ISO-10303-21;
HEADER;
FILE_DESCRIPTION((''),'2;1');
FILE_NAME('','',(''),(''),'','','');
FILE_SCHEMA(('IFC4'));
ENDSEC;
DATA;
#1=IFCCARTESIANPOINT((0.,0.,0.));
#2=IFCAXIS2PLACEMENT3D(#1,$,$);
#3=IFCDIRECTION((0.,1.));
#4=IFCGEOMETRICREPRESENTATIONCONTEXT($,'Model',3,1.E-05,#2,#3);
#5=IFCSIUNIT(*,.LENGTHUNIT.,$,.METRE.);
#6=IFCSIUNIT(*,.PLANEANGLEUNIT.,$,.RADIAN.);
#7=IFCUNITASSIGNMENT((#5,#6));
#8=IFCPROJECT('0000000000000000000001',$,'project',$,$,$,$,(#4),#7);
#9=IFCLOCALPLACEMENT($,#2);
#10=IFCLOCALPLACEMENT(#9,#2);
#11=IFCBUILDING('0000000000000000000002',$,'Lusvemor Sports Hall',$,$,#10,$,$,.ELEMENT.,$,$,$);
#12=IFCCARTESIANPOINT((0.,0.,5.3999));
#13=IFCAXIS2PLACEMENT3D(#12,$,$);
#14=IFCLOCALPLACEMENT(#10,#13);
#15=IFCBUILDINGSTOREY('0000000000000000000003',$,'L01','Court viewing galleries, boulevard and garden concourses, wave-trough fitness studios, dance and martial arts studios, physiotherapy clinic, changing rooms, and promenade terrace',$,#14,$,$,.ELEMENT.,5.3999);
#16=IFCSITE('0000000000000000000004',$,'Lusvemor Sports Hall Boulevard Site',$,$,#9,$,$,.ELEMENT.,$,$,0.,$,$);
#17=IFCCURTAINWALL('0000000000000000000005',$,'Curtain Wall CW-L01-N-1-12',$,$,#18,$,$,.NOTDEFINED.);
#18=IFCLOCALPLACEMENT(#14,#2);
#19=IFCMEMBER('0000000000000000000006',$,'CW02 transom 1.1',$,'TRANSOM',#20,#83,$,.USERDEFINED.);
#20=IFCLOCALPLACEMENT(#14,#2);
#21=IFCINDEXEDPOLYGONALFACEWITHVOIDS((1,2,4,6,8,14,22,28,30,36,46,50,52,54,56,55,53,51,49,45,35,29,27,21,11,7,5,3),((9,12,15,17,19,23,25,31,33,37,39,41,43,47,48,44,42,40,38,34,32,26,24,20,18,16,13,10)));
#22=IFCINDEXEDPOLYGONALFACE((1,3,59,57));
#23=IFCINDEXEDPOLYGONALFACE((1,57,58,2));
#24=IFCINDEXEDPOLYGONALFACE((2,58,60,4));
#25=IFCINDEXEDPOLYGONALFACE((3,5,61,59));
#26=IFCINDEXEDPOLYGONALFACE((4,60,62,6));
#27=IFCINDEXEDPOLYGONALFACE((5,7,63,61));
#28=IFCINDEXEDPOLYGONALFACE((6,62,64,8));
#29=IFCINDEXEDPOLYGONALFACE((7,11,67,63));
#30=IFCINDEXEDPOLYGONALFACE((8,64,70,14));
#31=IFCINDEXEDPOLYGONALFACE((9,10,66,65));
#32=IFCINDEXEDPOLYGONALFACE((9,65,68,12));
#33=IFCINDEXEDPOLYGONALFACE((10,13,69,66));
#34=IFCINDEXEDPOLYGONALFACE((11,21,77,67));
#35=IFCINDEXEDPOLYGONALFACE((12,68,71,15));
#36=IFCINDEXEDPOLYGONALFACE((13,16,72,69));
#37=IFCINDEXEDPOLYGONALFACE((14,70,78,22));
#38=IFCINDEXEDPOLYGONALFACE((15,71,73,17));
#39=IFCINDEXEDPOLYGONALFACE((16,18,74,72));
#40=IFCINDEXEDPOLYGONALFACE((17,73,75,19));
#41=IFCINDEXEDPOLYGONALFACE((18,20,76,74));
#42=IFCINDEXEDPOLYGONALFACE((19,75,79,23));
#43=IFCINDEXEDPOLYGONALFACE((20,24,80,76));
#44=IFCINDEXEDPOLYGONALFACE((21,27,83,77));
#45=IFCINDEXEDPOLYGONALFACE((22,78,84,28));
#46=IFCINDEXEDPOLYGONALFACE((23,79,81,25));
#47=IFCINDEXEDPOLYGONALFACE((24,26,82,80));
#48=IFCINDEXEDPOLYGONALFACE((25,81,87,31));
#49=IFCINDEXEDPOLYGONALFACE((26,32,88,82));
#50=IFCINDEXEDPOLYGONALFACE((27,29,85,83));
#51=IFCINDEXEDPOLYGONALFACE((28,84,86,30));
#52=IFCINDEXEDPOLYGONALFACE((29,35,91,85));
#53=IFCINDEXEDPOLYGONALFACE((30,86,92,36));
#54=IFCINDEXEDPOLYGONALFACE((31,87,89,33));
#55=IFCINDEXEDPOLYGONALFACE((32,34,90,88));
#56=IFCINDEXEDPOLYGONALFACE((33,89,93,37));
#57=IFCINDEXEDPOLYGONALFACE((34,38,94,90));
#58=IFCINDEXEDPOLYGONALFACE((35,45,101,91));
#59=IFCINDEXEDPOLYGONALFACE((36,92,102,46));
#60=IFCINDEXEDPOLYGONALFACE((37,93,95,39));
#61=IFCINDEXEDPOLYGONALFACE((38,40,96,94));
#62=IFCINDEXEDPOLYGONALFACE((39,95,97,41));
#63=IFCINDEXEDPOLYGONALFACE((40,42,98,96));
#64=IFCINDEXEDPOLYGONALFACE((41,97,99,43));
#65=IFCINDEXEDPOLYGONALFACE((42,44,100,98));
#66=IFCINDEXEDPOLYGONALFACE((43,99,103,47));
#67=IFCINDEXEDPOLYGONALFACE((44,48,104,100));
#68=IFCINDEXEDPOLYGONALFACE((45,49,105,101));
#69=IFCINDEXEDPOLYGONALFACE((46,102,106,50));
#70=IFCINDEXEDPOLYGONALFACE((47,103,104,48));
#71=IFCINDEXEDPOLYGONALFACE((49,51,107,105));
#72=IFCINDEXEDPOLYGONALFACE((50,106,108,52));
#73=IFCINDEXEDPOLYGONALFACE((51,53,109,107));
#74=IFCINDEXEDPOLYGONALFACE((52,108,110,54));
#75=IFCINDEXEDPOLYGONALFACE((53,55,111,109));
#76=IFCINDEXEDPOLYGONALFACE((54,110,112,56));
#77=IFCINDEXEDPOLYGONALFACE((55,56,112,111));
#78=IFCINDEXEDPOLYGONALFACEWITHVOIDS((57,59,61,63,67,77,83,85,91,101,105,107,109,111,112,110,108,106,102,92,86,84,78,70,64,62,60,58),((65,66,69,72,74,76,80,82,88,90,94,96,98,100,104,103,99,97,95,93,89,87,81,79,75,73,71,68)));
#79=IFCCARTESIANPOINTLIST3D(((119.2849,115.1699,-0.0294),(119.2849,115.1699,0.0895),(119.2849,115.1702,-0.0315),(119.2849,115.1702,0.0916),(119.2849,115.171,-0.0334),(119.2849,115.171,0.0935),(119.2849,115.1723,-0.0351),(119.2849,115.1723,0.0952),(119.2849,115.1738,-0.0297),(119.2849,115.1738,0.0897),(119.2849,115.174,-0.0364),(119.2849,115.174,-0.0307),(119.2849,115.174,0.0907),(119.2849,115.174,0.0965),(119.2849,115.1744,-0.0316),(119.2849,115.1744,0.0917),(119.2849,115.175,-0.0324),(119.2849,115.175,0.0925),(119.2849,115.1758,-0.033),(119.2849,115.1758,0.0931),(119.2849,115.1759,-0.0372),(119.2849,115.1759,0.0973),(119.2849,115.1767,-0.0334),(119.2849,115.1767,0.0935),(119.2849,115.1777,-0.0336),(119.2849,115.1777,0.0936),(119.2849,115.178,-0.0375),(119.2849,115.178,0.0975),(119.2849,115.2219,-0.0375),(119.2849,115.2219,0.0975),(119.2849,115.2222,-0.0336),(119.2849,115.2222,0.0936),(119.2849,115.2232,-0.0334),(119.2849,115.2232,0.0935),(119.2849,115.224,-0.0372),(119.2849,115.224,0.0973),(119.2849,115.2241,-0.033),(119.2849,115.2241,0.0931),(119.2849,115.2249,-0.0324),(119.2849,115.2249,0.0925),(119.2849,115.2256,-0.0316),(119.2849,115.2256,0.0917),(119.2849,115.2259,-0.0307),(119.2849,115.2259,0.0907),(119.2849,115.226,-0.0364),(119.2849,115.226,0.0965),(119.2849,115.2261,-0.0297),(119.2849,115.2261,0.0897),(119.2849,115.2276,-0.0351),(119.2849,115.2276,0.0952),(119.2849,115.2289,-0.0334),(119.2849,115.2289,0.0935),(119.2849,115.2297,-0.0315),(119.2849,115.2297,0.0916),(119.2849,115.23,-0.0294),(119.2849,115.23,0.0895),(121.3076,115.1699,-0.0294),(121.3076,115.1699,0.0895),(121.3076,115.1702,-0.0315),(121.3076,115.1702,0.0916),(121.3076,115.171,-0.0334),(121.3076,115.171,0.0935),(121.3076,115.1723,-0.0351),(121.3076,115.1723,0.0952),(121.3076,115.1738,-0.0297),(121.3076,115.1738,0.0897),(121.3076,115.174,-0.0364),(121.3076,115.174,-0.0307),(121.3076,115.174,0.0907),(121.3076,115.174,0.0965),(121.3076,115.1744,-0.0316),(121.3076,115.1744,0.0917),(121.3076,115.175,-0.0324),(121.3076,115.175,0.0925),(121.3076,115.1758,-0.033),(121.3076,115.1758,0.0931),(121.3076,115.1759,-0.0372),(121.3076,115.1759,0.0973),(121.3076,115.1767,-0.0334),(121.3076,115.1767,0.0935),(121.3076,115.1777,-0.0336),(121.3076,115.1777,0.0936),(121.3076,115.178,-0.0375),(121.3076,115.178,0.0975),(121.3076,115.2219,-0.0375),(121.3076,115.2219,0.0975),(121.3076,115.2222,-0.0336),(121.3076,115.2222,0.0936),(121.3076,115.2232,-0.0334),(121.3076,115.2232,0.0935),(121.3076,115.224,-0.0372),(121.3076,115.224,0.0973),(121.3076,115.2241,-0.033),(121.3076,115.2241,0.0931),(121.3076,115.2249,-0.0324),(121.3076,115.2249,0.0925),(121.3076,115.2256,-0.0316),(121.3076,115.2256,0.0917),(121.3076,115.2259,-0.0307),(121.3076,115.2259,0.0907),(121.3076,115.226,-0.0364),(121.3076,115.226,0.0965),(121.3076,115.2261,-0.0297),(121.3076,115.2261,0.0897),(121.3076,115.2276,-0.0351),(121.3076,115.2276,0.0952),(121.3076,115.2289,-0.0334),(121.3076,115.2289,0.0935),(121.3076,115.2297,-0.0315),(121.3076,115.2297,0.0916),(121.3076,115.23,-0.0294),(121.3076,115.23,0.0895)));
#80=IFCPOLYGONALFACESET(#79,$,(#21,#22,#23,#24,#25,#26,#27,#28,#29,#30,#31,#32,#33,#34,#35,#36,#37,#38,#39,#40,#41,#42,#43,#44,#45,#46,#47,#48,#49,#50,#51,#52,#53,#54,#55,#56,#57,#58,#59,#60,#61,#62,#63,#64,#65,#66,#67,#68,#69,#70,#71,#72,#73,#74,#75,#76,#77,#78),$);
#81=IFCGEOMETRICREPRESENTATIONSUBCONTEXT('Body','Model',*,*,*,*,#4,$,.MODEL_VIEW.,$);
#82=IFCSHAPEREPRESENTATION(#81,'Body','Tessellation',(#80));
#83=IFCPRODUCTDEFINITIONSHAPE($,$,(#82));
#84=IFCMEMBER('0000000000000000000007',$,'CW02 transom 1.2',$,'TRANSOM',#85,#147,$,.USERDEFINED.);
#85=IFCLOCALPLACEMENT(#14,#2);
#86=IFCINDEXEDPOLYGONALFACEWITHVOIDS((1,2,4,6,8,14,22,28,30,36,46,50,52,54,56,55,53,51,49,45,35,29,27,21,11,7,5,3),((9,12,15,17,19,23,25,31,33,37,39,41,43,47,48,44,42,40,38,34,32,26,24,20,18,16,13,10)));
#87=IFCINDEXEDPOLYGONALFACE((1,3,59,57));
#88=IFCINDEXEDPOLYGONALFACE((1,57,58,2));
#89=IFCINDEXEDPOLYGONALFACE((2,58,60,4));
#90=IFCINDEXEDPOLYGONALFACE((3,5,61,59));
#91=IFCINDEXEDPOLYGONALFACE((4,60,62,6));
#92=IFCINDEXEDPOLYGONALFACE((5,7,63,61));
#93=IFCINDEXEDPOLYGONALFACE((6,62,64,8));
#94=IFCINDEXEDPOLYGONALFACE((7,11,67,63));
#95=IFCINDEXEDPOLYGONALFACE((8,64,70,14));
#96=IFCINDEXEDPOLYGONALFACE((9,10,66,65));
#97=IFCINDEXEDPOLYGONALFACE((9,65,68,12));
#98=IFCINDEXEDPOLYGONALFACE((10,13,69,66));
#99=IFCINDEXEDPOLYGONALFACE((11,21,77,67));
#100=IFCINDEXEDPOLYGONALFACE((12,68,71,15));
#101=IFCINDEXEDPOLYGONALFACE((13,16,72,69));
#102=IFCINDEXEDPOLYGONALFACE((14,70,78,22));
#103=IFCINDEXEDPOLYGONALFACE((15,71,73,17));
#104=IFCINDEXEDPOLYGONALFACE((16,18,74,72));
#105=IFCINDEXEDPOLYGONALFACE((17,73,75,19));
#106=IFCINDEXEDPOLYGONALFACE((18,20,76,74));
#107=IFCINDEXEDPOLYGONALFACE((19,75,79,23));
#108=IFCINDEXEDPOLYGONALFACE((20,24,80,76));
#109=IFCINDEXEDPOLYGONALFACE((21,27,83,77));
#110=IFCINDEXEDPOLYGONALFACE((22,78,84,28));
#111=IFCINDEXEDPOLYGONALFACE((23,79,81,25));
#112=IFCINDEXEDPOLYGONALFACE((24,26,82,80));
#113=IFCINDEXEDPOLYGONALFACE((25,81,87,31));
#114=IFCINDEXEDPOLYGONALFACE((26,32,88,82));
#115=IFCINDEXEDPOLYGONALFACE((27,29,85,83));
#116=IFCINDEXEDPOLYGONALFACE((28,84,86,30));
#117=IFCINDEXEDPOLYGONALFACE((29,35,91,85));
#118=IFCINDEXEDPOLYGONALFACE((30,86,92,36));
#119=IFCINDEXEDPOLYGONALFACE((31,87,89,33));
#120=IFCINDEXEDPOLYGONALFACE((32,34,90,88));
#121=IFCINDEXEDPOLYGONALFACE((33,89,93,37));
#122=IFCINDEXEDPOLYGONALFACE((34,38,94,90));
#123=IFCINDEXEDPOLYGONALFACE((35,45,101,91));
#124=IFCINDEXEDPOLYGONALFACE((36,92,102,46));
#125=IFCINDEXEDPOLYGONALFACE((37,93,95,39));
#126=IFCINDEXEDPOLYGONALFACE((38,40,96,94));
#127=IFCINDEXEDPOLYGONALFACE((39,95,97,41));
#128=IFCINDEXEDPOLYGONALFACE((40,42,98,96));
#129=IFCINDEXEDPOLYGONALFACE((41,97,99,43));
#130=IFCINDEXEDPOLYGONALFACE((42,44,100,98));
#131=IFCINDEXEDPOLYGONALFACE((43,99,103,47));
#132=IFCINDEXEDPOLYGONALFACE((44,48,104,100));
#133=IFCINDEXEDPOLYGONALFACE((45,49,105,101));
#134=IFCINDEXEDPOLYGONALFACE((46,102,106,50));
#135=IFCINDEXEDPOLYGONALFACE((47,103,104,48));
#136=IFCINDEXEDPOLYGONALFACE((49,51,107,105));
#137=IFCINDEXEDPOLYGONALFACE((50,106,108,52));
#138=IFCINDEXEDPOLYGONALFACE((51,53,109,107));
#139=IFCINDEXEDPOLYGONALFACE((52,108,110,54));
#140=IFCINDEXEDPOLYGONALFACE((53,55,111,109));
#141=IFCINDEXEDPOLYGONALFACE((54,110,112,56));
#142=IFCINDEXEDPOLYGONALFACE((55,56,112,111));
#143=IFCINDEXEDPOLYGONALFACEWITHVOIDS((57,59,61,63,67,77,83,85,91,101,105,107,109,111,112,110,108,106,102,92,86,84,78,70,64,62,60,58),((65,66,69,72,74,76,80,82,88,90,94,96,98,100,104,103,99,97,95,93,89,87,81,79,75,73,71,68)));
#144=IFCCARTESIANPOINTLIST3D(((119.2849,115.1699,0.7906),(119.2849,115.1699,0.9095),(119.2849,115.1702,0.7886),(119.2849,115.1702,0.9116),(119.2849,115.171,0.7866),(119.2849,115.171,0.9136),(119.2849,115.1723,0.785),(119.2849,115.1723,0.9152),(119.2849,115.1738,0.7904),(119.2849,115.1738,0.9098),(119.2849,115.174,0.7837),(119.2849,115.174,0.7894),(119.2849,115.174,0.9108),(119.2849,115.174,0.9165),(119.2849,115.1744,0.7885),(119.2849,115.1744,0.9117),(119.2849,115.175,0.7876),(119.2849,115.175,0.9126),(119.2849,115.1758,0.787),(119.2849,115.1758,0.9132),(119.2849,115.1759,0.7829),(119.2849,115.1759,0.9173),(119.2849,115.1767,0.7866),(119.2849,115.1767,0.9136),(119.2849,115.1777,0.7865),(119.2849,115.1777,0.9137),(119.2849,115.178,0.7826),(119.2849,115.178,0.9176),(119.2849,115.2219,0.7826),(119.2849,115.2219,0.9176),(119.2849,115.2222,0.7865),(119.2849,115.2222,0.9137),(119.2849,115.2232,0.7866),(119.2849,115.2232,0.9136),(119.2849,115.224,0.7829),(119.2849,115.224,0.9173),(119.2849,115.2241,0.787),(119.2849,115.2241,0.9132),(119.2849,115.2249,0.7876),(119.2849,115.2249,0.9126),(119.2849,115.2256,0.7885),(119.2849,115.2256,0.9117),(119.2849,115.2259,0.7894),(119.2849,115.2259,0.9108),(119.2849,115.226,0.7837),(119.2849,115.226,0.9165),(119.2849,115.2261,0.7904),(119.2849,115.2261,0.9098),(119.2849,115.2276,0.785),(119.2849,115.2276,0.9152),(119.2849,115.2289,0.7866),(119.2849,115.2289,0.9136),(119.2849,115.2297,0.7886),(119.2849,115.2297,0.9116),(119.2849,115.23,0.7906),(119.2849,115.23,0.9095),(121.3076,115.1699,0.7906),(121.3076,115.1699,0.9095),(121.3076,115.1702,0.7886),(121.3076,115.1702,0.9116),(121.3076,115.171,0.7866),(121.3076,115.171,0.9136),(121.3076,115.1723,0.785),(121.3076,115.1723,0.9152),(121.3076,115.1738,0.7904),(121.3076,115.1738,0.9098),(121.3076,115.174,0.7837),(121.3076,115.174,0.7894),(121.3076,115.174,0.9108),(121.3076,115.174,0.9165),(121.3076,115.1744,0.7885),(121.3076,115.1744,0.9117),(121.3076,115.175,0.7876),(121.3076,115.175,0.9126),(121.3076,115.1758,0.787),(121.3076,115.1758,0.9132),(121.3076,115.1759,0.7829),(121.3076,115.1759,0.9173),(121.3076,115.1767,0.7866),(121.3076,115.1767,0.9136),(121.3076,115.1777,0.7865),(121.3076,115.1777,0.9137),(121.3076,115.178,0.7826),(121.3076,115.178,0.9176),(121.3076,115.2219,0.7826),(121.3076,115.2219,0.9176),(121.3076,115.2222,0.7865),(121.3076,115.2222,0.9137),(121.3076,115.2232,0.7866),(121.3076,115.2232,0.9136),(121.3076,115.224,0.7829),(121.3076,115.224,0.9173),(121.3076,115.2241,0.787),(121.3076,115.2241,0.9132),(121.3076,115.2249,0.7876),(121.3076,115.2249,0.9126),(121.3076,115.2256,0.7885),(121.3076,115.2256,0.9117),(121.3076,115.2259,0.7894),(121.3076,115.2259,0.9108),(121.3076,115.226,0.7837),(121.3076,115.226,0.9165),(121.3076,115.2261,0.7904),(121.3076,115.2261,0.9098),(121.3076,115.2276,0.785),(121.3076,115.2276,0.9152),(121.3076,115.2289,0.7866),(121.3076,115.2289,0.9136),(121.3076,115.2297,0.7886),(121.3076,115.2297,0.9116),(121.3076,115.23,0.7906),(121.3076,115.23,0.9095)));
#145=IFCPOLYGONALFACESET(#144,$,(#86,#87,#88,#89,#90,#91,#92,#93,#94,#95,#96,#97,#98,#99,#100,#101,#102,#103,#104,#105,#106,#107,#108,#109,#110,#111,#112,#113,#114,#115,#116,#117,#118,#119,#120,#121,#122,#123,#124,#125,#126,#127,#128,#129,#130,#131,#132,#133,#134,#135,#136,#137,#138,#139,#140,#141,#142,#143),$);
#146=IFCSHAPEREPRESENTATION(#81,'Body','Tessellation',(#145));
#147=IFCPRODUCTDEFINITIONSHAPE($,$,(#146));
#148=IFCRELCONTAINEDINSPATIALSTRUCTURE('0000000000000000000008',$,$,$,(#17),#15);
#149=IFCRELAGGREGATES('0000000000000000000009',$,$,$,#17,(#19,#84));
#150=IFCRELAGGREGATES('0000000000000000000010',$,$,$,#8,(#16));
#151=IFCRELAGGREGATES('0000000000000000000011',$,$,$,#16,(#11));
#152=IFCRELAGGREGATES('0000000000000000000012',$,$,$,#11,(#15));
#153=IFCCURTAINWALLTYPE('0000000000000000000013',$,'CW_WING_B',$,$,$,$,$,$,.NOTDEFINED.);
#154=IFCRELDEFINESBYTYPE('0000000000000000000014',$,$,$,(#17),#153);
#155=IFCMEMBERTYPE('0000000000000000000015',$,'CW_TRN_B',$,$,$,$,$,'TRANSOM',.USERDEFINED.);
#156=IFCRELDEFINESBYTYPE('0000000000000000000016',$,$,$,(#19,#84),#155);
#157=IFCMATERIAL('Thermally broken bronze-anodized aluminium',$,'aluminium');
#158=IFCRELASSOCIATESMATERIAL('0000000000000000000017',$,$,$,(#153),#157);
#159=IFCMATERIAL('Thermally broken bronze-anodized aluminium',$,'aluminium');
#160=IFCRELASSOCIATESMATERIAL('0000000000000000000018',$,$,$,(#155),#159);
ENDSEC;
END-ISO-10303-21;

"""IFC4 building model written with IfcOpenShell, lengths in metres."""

from ifc_helpers import new_model, si_unit, direction, frame, origin, origin_2d, place, context, subcontext, project, spatial, hollow_rectangle, extrude, material, material_profile, profile_set, type_object, element, aggregate, save


model = new_model("IFC4")

# Units and contexts
model_context = context("Model", 3, precision=1e-05, world=origin(), true_north=direction((0.0, 1.0)))
body_context = subcontext(model_context, "Body", "Model", "MODEL_VIEW")
ifc_project = project(units=[si_unit("LENGTHUNIT", "METRE"), si_unit("PLANEANGLEUNIT", "RADIAN")], contexts=[model_context])

# Site, building, storey
site_placement = place(None, origin())
site = spatial("IfcSite", under=ifc_project, at=site_placement, Name="Lusvemor Sports Hall Boulevard Site", CompositionType="ELEMENT", RefElevation=0.0)
building_placement = place(site_placement, origin())
building = spatial("IfcBuilding", under=site, at=building_placement, Name="Lusvemor Sports Hall", CompositionType="ELEMENT")
storey_placement = place(building_placement, frame((0.0, 0.0, 5.3999)))
storey = spatial("IfcBuildingStorey", under=building, at=storey_placement, Name="L01", Description="Court viewing galleries, boulevard and garden concourses, wave-trough fitness studios, dance and martial arts studios, physiotherapy clinic, changing rooms, and promenade terrace", CompositionType="ELEMENT", Elevation=5.3999)

# Curtain wall, members
ifc_material_1 = material(Name="Thermally broken bronze-anodized aluminium", Category="aluminium")
curtain_wall_type = type_object("IfcCurtainWallType", Name="CW_WING_B", PredefinedType="NOTDEFINED", material=ifc_material_1)
curtain_wall_placement = place(storey_placement, origin())
curtain_wall = element("IfcCurtainWall", 1, at=curtain_wall_placement, inside=storey, type_object=curtain_wall_type, Name="Curtain Wall CW-L01-N-1-12", PredefinedType="NOTDEFINED")
ifc_material_2 = material(Name="Thermally broken bronze-anodized aluminium", Category="aluminium")
ifc_material_profile_1 = material_profile(ifc_material_2, hollow_rectangle(XDim=0.0601, YDim=0.135, WallThickness=0.0039, InnerFilletRadius=0.0039, OuterFilletRadius=0.0081, at=origin_2d()), Name="CWTRN135x60x4")
ifc_profile_set_1 = profile_set([ifc_material_profile_1], Name="Thermally broken bronze-anodized aluminium")
member_type_1 = type_object("IfcMemberType", Name="CW_TRN_B", ElementType="TRANSOM", PredefinedType="USERDEFINED", material=ifc_profile_set_1)
member_1_placement = place(storey_placement, frame((119.2849, 115.2, 0.03), z_axis=(1.0, 0.0, 0.0), x_axis=(0.0, 1.0, 0.0)))
member_1 = element("IfcMember", 2, at=member_1_placement, type_object=member_type_1, Name="CW02 transom 1.1", ObjectType="TRANSOM", PredefinedType="USERDEFINED", context=body_context, shape_type="SweptSolid", body=[
    extrude(hollow_rectangle(XDim=0.0601, YDim=0.135, WallThickness=0.0039, InnerFilletRadius=0.0039, OuterFilletRadius=0.0081, at=origin_2d()), origin(), (0.0, 0.0, 1.0), 2.0227),
])
member_2_placement = place(storey_placement, frame((119.2849, 115.2, 0.8501), z_axis=(1.0, 0.0, 0.0), x_axis=(0.0, 1.0, 0.0)))
member_2 = element("IfcMember", 3, at=member_2_placement, type_object=member_type_1, Name="CW02 transom 1.2", ObjectType="TRANSOM", PredefinedType="USERDEFINED", context=body_context, shape_type="SweptSolid", body=[
    extrude(hollow_rectangle(XDim=0.0601, YDim=0.135, WallThickness=0.0039, InnerFilletRadius=0.0039, OuterFilletRadius=0.0081, at=origin_2d()), origin(), (0.0, 0.0, 1.0), 2.0227),
])

aggregate(curtain_wall, [member_1, member_2])

save(model, "model.ifc")
